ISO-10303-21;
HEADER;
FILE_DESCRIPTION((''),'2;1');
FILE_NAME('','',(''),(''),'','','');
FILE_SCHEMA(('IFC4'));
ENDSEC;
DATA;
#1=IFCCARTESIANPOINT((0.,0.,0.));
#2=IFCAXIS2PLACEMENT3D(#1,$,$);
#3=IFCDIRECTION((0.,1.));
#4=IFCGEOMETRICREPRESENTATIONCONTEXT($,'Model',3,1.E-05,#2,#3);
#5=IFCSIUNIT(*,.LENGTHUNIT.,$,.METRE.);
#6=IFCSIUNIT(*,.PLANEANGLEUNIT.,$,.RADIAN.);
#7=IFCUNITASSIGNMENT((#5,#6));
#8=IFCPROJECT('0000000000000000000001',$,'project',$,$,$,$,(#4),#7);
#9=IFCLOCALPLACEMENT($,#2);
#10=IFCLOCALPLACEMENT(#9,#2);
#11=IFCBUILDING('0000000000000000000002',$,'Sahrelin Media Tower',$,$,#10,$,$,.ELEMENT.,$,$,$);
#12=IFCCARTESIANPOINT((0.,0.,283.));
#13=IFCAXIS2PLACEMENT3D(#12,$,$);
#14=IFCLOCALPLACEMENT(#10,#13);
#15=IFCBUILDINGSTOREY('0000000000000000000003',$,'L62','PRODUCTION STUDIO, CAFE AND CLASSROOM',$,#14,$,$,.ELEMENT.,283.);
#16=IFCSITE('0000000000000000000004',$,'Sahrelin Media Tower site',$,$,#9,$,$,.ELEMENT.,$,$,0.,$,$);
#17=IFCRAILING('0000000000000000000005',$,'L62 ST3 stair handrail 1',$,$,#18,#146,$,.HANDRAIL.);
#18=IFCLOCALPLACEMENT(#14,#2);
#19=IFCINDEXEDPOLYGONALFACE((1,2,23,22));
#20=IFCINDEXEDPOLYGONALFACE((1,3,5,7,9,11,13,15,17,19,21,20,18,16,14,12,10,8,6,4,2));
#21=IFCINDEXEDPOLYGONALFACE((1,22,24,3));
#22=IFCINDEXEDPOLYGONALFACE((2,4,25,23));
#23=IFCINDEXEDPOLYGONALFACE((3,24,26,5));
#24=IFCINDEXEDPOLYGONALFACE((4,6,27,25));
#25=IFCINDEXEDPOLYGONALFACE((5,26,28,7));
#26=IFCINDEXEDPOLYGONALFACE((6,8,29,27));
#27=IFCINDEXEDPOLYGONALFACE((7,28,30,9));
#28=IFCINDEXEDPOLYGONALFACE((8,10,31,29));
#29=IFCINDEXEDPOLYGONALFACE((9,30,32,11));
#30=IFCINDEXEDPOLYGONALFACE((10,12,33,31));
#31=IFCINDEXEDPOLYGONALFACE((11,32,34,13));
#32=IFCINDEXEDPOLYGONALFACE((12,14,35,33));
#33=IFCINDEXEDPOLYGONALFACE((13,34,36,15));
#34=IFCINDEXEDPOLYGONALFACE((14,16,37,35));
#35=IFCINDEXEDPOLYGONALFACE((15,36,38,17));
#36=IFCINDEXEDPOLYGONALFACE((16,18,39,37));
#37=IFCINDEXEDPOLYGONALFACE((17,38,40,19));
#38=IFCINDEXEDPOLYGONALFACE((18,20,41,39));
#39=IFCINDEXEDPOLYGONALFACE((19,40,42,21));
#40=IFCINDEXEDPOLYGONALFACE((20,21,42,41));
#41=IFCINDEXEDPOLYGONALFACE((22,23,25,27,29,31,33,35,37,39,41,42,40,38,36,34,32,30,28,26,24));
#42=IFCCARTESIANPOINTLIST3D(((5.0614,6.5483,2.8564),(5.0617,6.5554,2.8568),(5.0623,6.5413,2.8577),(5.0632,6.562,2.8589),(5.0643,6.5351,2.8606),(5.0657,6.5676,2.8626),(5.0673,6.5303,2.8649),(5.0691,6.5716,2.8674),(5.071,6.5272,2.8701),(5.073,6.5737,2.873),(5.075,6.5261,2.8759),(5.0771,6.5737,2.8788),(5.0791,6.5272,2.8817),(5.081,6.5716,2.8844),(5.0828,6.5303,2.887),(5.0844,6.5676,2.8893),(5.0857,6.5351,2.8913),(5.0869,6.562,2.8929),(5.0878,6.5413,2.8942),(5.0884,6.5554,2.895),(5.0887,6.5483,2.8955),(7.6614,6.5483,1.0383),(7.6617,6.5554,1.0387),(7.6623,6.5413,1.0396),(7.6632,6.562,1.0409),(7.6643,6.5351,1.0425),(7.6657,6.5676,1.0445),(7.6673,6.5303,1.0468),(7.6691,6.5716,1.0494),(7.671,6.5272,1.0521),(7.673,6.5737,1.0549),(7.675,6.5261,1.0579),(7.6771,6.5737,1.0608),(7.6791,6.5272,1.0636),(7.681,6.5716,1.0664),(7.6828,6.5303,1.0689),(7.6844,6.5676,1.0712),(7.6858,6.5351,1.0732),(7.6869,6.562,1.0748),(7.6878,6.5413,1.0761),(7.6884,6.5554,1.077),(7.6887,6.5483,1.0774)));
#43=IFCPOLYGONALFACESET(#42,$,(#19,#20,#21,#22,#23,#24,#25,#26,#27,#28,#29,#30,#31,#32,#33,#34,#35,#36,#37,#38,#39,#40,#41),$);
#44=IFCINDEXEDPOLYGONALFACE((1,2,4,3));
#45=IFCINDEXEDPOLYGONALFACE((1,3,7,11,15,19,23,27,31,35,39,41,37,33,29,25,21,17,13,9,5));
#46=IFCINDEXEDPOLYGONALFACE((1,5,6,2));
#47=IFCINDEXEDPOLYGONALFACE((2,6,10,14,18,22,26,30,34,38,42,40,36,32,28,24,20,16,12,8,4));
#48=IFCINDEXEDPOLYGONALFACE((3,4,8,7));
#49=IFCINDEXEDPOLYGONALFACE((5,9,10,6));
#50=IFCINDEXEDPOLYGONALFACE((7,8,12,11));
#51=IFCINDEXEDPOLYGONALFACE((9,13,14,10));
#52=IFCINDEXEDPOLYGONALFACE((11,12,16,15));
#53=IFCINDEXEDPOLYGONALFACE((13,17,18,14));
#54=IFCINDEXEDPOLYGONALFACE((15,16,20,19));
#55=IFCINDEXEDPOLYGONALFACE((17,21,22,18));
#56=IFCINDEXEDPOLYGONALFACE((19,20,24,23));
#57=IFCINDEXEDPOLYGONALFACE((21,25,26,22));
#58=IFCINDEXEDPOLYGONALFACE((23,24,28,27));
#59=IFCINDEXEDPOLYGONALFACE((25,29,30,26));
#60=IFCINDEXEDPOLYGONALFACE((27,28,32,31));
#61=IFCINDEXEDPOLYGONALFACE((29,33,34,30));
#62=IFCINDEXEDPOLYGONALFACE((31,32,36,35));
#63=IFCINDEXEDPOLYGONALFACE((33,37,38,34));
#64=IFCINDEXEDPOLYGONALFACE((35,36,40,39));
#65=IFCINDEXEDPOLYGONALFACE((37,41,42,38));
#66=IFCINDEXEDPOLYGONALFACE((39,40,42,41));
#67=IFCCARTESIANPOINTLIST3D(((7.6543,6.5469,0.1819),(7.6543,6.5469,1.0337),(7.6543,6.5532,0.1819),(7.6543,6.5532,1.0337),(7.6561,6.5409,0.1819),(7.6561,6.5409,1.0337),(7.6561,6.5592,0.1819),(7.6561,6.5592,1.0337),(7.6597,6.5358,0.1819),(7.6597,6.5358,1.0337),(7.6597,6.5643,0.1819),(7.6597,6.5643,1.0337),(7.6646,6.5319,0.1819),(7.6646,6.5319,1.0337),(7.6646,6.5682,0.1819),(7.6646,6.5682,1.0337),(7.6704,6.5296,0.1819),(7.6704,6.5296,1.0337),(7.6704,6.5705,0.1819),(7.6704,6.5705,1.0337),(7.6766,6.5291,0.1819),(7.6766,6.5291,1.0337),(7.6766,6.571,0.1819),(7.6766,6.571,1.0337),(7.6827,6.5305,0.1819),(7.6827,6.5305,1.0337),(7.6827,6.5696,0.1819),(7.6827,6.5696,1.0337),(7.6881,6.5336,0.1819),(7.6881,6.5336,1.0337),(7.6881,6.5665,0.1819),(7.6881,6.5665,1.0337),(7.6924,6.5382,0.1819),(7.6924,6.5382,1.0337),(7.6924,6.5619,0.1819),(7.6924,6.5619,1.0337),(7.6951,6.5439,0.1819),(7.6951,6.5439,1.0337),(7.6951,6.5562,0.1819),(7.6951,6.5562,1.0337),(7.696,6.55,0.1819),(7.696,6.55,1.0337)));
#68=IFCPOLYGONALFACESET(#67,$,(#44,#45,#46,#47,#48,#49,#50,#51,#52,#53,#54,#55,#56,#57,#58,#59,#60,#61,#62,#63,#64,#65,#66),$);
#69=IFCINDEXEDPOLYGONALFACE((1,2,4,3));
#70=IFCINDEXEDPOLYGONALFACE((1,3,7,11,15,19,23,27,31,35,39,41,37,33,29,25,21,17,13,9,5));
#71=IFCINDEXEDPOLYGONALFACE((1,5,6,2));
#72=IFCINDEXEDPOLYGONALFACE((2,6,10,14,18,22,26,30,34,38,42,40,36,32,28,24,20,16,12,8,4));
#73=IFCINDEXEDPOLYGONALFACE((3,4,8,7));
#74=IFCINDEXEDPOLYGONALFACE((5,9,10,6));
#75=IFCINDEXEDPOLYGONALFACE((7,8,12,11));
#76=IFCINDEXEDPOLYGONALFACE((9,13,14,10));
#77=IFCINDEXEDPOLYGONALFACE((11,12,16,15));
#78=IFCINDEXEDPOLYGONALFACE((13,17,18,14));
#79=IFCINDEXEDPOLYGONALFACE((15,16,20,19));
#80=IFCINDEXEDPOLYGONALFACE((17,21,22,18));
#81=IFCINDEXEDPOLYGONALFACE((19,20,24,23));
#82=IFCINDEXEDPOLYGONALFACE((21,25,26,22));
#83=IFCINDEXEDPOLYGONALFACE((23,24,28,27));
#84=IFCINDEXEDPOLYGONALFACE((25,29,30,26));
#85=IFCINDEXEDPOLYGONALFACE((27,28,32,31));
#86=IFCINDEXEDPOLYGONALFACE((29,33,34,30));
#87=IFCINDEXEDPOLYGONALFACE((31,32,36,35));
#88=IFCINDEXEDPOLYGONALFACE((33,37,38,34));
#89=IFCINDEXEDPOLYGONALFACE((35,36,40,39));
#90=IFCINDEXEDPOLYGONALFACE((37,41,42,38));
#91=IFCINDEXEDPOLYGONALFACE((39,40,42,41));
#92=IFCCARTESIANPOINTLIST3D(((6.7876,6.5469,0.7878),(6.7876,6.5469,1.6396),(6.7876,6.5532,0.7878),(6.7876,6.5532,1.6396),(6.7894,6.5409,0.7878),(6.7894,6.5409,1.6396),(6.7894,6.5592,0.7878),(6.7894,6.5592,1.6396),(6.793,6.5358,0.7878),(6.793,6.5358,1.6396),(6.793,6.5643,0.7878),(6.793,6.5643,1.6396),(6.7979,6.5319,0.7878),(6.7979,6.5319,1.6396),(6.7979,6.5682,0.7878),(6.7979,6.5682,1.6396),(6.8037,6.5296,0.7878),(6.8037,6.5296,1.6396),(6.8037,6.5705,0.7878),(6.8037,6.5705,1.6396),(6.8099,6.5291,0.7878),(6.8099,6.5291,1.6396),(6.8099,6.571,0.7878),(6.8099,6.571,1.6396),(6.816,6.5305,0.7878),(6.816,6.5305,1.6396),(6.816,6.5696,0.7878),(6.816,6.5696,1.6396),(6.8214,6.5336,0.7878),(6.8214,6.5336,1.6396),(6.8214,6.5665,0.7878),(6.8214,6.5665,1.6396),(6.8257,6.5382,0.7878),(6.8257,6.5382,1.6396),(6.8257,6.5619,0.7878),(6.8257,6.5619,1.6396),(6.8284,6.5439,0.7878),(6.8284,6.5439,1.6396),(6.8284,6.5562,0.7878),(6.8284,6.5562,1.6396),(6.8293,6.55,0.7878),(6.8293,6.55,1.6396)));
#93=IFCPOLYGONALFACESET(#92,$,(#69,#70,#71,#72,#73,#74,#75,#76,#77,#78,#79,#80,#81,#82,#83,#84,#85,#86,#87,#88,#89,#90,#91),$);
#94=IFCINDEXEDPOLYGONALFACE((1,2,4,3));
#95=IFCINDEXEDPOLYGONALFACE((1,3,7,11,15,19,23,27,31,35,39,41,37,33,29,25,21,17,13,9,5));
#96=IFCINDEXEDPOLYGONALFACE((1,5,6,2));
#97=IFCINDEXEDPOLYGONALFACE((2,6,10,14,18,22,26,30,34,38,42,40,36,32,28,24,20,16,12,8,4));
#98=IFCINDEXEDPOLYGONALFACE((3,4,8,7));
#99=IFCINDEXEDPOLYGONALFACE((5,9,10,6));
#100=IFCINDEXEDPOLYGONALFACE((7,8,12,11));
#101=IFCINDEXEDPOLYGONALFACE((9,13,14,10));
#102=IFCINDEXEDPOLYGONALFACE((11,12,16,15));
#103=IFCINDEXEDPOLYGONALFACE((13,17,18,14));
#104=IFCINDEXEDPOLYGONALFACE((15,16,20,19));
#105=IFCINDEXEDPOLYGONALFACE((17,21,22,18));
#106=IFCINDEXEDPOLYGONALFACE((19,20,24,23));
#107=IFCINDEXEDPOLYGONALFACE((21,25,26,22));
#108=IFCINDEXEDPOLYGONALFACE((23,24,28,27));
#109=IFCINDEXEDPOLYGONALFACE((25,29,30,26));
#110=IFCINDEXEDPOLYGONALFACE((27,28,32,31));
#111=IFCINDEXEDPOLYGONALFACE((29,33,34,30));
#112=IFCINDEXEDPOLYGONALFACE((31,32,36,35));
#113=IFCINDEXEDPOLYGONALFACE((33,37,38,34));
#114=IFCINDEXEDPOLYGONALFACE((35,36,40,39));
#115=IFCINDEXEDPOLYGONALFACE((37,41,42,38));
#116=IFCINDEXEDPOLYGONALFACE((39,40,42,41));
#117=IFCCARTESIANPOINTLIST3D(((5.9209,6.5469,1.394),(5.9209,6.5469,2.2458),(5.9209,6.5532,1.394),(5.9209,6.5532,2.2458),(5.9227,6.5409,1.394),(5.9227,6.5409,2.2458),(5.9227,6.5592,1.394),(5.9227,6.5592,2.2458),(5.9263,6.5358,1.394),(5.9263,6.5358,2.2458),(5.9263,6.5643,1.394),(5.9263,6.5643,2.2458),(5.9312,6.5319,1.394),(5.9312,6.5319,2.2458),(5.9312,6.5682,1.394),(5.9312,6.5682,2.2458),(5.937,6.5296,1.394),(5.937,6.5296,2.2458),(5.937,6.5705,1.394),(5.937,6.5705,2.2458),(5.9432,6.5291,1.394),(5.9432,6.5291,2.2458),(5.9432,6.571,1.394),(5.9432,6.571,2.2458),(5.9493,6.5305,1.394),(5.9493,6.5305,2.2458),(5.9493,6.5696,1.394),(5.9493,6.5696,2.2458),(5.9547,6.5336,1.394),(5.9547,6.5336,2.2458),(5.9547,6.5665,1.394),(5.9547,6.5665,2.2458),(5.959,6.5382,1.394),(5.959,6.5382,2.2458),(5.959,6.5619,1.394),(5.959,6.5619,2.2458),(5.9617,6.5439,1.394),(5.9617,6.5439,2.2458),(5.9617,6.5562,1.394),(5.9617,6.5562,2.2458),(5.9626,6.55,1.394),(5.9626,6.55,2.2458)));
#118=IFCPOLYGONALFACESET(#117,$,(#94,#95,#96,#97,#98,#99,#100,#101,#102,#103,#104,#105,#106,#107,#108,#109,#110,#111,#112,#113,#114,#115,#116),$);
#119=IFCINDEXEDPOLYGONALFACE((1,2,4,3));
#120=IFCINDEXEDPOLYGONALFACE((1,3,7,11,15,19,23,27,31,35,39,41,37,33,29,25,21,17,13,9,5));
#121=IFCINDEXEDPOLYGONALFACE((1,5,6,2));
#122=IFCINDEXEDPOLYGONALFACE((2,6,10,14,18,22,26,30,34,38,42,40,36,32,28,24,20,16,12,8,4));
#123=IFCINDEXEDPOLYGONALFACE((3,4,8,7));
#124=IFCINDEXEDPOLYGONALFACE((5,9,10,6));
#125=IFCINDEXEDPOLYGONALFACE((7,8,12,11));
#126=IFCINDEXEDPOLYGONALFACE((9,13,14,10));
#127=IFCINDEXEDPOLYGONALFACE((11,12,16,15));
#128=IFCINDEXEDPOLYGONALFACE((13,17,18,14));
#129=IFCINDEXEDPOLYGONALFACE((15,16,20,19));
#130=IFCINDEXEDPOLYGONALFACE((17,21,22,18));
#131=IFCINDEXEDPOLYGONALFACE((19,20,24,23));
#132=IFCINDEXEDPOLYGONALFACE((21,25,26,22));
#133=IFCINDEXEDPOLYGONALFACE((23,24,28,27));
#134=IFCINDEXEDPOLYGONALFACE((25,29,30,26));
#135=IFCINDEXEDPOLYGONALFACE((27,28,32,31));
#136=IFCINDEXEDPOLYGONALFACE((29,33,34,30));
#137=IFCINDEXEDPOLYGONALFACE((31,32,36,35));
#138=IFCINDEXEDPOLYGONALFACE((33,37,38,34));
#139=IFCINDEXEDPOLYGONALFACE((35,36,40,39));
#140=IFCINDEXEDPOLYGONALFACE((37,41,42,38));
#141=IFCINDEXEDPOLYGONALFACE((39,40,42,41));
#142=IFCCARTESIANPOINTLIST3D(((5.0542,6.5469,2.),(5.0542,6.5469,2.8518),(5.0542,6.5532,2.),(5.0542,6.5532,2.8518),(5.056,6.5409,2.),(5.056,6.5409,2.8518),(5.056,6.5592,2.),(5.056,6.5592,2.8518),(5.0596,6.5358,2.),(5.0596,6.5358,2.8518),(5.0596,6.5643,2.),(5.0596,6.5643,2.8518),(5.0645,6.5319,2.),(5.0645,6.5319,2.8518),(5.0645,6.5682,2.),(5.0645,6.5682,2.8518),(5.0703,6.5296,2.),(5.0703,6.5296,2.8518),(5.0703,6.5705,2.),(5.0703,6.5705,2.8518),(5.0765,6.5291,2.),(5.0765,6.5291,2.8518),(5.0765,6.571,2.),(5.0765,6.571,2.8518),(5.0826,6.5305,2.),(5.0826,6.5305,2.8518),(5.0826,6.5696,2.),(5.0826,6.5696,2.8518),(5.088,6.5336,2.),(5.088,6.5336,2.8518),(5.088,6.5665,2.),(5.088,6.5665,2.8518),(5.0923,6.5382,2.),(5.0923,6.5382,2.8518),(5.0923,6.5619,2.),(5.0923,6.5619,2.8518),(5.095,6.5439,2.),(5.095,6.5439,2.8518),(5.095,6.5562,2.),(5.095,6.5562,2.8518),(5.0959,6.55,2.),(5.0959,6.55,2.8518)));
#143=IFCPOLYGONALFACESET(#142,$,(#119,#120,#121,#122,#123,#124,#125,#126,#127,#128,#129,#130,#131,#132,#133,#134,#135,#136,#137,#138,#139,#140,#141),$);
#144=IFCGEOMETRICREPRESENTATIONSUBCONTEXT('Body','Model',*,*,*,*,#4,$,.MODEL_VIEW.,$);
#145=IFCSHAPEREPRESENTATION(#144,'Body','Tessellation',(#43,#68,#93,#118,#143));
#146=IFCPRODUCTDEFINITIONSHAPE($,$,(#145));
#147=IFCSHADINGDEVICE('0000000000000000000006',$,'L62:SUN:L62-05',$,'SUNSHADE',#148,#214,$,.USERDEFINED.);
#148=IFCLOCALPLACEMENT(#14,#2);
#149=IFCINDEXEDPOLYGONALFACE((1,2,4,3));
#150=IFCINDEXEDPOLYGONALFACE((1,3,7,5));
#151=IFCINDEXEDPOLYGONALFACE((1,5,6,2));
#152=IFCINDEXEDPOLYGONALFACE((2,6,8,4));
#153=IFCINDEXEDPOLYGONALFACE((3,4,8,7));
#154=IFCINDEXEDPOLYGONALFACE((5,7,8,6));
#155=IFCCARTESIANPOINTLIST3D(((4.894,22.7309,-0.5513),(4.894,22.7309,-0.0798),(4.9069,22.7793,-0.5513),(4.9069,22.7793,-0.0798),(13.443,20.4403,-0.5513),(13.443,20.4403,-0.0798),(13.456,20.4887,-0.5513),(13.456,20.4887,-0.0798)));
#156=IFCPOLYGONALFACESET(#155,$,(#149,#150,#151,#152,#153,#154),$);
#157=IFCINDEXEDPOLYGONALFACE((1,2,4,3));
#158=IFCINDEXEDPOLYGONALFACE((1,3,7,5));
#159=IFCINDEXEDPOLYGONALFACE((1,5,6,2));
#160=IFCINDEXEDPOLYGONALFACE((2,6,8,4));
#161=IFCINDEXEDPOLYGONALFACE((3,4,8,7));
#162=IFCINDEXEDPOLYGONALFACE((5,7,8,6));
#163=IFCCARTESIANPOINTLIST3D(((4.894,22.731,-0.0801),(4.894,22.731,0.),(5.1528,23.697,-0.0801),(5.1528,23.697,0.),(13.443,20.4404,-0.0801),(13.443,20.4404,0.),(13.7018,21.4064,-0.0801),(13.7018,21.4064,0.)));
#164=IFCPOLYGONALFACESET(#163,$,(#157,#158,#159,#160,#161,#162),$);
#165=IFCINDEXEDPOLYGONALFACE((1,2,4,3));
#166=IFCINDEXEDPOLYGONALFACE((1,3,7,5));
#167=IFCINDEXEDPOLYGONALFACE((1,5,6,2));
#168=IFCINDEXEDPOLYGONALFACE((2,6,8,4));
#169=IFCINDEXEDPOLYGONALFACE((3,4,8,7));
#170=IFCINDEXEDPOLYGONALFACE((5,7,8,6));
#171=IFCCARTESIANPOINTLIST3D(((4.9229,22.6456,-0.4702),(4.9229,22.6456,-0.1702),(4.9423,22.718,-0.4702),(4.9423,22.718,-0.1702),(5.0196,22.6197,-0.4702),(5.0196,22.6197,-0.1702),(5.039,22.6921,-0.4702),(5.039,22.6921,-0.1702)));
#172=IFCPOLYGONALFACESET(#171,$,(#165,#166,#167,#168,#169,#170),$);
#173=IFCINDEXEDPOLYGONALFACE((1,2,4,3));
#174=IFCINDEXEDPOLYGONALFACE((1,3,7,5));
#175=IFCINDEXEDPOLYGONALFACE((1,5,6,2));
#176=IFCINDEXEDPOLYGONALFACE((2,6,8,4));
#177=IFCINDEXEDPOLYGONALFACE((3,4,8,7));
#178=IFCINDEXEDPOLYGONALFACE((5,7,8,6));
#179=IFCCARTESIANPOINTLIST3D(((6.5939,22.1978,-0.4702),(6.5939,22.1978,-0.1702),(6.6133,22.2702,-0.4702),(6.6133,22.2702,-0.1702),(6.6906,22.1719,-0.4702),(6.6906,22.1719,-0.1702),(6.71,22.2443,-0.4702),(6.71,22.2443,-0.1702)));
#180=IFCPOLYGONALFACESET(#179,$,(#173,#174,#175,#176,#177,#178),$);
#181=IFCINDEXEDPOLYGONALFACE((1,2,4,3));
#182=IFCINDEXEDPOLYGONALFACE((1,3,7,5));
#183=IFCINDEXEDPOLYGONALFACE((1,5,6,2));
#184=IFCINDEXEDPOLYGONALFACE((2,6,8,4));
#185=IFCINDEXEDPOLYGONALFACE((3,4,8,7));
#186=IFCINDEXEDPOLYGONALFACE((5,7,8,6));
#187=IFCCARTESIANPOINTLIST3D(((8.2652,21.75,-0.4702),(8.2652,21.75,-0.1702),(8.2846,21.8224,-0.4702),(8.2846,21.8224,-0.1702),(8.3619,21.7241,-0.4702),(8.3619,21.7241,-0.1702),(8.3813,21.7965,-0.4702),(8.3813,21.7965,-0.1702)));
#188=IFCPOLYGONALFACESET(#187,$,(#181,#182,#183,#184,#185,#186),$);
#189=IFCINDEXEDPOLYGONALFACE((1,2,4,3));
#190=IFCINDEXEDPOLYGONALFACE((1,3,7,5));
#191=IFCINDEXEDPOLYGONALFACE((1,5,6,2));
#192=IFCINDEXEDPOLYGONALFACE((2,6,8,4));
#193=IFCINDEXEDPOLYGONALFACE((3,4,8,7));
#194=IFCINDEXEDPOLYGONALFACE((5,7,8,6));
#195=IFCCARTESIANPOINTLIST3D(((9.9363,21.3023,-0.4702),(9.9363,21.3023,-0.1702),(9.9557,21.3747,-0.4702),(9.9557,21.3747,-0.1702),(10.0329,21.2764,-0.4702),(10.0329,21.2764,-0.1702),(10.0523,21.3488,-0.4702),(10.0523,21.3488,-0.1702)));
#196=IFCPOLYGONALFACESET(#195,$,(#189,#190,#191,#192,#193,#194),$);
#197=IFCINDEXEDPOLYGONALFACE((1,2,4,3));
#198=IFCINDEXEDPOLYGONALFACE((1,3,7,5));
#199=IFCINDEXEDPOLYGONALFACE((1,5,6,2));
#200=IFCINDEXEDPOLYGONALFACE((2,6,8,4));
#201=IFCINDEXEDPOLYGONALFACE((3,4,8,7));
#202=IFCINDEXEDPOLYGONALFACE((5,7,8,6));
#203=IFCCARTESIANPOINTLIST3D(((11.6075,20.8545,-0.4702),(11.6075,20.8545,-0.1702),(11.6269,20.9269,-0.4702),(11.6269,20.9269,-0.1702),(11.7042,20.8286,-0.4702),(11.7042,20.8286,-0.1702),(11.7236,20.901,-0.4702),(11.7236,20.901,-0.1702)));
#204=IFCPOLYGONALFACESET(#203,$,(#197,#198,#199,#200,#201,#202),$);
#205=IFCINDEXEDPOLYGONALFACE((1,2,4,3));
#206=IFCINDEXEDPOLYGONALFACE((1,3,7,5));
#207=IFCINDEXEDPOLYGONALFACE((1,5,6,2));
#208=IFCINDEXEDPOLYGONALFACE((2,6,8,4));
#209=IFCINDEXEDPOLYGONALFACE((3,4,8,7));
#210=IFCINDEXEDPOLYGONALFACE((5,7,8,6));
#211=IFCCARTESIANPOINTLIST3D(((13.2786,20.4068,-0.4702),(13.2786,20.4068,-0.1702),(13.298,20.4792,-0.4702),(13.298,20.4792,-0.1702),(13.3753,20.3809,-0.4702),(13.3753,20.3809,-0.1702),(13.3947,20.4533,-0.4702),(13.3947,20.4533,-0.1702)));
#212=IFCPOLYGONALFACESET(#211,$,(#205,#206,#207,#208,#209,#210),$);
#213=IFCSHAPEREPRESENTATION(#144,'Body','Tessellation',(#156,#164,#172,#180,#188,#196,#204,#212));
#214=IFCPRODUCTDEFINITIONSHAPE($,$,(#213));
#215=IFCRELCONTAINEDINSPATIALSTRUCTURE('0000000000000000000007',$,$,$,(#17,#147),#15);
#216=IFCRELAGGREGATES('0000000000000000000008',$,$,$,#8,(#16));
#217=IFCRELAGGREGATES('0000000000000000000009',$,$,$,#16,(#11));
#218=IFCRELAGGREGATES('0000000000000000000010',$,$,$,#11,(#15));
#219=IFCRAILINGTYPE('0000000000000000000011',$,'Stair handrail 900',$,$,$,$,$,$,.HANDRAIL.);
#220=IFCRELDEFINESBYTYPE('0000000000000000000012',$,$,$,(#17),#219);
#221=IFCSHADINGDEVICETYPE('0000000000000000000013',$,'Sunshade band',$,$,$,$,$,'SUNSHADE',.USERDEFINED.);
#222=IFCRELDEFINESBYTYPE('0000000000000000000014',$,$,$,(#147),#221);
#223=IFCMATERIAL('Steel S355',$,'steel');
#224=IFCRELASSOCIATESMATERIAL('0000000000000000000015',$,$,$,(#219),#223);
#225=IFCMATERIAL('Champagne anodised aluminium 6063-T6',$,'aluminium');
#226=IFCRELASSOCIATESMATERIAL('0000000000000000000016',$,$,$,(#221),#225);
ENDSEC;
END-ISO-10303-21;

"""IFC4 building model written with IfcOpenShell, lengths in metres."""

from ifc_helpers import new_model, si_unit, direction, frame, origin, origin_2d, place, context, subcontext, project, spatial, rectangle, circle, extrude, material, type_object, element, save


model = new_model("IFC4")

# Units and contexts
model_context = context("Model", 3, precision=1e-05, world=origin(), true_north=direction((0.0, 1.0)))
body_context = subcontext(model_context, "Body", "Model", "MODEL_VIEW")
ifc_project = project(units=[si_unit("LENGTHUNIT", "METRE"), si_unit("PLANEANGLEUNIT", "RADIAN")], contexts=[model_context])

# Site, building, storey
site_placement = place(None, origin())
site = spatial("IfcSite", under=ifc_project, at=site_placement, Name="Sahrelin Media Tower site", CompositionType="ELEMENT", RefElevation=0.0)
building_placement = place(site_placement, origin())
building = spatial("IfcBuilding", under=site, at=building_placement, Name="Sahrelin Media Tower", CompositionType="ELEMENT")
storey_placement = place(building_placement, frame((0.0, 0.0, 283.0)))
storey = spatial("IfcBuildingStorey", under=building, at=storey_placement, Name="L62", Description="PRODUCTION STUDIO, CAFE AND CLASSROOM", CompositionType="ELEMENT", Elevation=283.0)

# Shared definitions
ifc_material_1 = material(Name="Steel S355", Category="steel")

# Shared definitions
ifc_material_2 = material(Name="Champagne anodised aluminium 6063-T6", Category="aluminium")

# Shared definitions
placement_1 = place(storey_placement, frame((9.1633, 21.5664, 0.0), z_axis=(0.0, 0.0, 1.0), x_axis=(0.965929, -0.258808, 0.0)))

# Railing
railing_type = type_object("IfcRailingType", Name="Stair handrail 900", PredefinedType="HANDRAIL", material=ifc_material_1)
railing_placement = place(storey_placement, frame((7.675, 6.55, 0.1819)))
element("IfcRailing", 1, at=railing_placement, inside=storey, type_object=railing_type, Name="L62 ST3 stair handrail 1", PredefinedType="HANDRAIL", context=body_context, shape_type="SweptSolid", body=[
    extrude(circle(Radius=0.0239, at=origin_2d()), frame((0.0, 0.0, 0.876), z_axis=(-0.819521, 0.0, 0.573049), x_axis=(0.0, -1.0, 0.0)), (0.0, 0.0, 1.0), 3.1726),
    extrude(circle(Radius=0.021, at=origin_2d()), origin(), (0.0, 0.0, 1.0), 0.8518),
    extrude(circle(Radius=0.021, at=origin_2d()), frame((-0.8667, 0.0, 0.606)), (0.0, 0.0, 1.0), 0.8518),
    extrude(circle(Radius=0.021, at=origin_2d()), frame((-1.7334, 0.0, 1.2122)), (0.0, 0.0, 1.0), 0.8518),
    extrude(circle(Radius=0.021, at=origin_2d()), frame((-2.6001, 0.0, 1.8181)), (0.0, 0.0, 1.0), 0.8518),
])

# Shading device
shading_device_type_1 = type_object("IfcShadingDeviceType", Name="Sunshade band", ElementType="SUNSHADE", PredefinedType="USERDEFINED", material=ifc_material_2)
element("IfcShadingDevice", 2, at=placement_1, inside=storey, type_object=shading_device_type_1, Name="L62:SUN:L62-05", ObjectType="SUNSHADE", PredefinedType="USERDEFINED", context=body_context, shape_type="SweptSolid", body=[
    extrude(rectangle(XDim=8.8506, YDim=0.05, at=origin_2d()), frame((0.0, 0.0449, -0.5513)), (0.0, 0.0, 1.0), 0.4714),
    extrude(rectangle(XDim=8.8506, YDim=1.0, at=origin_2d()), frame((0.0, 0.52, -0.0801)), (0.0, 0.0, 1.0), 0.0801),
    extrude(rectangle(XDim=0.1001, YDim=0.075, at=origin_2d()), frame((-4.3252, -0.0176, -0.4702)), (0.0, 0.0, 1.0), 0.3),
    extrude(rectangle(XDim=0.1001, YDim=0.075, at=origin_2d()), frame((-2.5952, -0.0176, -0.4702)), (0.0, 0.0, 1.0), 0.3),
    extrude(rectangle(XDim=0.1001, YDim=0.075, at=origin_2d()), frame((-0.865, -0.0176, -0.4702)), (0.0, 0.0, 1.0), 0.3),
    extrude(rectangle(XDim=0.1001, YDim=0.075, at=origin_2d()), frame((0.865, -0.0176, -0.4702)), (0.0, 0.0, 1.0), 0.3),
    extrude(rectangle(XDim=0.1001, YDim=0.075, at=origin_2d()), frame((2.5952, -0.0176, -0.4702)), (0.0, 0.0, 1.0), 0.3),
    extrude(rectangle(XDim=0.1001, YDim=0.075, at=origin_2d()), frame((4.3252, -0.0176, -0.4702)), (0.0, 0.0, 1.0), 0.3),
])

save(model, "model.ifc")
